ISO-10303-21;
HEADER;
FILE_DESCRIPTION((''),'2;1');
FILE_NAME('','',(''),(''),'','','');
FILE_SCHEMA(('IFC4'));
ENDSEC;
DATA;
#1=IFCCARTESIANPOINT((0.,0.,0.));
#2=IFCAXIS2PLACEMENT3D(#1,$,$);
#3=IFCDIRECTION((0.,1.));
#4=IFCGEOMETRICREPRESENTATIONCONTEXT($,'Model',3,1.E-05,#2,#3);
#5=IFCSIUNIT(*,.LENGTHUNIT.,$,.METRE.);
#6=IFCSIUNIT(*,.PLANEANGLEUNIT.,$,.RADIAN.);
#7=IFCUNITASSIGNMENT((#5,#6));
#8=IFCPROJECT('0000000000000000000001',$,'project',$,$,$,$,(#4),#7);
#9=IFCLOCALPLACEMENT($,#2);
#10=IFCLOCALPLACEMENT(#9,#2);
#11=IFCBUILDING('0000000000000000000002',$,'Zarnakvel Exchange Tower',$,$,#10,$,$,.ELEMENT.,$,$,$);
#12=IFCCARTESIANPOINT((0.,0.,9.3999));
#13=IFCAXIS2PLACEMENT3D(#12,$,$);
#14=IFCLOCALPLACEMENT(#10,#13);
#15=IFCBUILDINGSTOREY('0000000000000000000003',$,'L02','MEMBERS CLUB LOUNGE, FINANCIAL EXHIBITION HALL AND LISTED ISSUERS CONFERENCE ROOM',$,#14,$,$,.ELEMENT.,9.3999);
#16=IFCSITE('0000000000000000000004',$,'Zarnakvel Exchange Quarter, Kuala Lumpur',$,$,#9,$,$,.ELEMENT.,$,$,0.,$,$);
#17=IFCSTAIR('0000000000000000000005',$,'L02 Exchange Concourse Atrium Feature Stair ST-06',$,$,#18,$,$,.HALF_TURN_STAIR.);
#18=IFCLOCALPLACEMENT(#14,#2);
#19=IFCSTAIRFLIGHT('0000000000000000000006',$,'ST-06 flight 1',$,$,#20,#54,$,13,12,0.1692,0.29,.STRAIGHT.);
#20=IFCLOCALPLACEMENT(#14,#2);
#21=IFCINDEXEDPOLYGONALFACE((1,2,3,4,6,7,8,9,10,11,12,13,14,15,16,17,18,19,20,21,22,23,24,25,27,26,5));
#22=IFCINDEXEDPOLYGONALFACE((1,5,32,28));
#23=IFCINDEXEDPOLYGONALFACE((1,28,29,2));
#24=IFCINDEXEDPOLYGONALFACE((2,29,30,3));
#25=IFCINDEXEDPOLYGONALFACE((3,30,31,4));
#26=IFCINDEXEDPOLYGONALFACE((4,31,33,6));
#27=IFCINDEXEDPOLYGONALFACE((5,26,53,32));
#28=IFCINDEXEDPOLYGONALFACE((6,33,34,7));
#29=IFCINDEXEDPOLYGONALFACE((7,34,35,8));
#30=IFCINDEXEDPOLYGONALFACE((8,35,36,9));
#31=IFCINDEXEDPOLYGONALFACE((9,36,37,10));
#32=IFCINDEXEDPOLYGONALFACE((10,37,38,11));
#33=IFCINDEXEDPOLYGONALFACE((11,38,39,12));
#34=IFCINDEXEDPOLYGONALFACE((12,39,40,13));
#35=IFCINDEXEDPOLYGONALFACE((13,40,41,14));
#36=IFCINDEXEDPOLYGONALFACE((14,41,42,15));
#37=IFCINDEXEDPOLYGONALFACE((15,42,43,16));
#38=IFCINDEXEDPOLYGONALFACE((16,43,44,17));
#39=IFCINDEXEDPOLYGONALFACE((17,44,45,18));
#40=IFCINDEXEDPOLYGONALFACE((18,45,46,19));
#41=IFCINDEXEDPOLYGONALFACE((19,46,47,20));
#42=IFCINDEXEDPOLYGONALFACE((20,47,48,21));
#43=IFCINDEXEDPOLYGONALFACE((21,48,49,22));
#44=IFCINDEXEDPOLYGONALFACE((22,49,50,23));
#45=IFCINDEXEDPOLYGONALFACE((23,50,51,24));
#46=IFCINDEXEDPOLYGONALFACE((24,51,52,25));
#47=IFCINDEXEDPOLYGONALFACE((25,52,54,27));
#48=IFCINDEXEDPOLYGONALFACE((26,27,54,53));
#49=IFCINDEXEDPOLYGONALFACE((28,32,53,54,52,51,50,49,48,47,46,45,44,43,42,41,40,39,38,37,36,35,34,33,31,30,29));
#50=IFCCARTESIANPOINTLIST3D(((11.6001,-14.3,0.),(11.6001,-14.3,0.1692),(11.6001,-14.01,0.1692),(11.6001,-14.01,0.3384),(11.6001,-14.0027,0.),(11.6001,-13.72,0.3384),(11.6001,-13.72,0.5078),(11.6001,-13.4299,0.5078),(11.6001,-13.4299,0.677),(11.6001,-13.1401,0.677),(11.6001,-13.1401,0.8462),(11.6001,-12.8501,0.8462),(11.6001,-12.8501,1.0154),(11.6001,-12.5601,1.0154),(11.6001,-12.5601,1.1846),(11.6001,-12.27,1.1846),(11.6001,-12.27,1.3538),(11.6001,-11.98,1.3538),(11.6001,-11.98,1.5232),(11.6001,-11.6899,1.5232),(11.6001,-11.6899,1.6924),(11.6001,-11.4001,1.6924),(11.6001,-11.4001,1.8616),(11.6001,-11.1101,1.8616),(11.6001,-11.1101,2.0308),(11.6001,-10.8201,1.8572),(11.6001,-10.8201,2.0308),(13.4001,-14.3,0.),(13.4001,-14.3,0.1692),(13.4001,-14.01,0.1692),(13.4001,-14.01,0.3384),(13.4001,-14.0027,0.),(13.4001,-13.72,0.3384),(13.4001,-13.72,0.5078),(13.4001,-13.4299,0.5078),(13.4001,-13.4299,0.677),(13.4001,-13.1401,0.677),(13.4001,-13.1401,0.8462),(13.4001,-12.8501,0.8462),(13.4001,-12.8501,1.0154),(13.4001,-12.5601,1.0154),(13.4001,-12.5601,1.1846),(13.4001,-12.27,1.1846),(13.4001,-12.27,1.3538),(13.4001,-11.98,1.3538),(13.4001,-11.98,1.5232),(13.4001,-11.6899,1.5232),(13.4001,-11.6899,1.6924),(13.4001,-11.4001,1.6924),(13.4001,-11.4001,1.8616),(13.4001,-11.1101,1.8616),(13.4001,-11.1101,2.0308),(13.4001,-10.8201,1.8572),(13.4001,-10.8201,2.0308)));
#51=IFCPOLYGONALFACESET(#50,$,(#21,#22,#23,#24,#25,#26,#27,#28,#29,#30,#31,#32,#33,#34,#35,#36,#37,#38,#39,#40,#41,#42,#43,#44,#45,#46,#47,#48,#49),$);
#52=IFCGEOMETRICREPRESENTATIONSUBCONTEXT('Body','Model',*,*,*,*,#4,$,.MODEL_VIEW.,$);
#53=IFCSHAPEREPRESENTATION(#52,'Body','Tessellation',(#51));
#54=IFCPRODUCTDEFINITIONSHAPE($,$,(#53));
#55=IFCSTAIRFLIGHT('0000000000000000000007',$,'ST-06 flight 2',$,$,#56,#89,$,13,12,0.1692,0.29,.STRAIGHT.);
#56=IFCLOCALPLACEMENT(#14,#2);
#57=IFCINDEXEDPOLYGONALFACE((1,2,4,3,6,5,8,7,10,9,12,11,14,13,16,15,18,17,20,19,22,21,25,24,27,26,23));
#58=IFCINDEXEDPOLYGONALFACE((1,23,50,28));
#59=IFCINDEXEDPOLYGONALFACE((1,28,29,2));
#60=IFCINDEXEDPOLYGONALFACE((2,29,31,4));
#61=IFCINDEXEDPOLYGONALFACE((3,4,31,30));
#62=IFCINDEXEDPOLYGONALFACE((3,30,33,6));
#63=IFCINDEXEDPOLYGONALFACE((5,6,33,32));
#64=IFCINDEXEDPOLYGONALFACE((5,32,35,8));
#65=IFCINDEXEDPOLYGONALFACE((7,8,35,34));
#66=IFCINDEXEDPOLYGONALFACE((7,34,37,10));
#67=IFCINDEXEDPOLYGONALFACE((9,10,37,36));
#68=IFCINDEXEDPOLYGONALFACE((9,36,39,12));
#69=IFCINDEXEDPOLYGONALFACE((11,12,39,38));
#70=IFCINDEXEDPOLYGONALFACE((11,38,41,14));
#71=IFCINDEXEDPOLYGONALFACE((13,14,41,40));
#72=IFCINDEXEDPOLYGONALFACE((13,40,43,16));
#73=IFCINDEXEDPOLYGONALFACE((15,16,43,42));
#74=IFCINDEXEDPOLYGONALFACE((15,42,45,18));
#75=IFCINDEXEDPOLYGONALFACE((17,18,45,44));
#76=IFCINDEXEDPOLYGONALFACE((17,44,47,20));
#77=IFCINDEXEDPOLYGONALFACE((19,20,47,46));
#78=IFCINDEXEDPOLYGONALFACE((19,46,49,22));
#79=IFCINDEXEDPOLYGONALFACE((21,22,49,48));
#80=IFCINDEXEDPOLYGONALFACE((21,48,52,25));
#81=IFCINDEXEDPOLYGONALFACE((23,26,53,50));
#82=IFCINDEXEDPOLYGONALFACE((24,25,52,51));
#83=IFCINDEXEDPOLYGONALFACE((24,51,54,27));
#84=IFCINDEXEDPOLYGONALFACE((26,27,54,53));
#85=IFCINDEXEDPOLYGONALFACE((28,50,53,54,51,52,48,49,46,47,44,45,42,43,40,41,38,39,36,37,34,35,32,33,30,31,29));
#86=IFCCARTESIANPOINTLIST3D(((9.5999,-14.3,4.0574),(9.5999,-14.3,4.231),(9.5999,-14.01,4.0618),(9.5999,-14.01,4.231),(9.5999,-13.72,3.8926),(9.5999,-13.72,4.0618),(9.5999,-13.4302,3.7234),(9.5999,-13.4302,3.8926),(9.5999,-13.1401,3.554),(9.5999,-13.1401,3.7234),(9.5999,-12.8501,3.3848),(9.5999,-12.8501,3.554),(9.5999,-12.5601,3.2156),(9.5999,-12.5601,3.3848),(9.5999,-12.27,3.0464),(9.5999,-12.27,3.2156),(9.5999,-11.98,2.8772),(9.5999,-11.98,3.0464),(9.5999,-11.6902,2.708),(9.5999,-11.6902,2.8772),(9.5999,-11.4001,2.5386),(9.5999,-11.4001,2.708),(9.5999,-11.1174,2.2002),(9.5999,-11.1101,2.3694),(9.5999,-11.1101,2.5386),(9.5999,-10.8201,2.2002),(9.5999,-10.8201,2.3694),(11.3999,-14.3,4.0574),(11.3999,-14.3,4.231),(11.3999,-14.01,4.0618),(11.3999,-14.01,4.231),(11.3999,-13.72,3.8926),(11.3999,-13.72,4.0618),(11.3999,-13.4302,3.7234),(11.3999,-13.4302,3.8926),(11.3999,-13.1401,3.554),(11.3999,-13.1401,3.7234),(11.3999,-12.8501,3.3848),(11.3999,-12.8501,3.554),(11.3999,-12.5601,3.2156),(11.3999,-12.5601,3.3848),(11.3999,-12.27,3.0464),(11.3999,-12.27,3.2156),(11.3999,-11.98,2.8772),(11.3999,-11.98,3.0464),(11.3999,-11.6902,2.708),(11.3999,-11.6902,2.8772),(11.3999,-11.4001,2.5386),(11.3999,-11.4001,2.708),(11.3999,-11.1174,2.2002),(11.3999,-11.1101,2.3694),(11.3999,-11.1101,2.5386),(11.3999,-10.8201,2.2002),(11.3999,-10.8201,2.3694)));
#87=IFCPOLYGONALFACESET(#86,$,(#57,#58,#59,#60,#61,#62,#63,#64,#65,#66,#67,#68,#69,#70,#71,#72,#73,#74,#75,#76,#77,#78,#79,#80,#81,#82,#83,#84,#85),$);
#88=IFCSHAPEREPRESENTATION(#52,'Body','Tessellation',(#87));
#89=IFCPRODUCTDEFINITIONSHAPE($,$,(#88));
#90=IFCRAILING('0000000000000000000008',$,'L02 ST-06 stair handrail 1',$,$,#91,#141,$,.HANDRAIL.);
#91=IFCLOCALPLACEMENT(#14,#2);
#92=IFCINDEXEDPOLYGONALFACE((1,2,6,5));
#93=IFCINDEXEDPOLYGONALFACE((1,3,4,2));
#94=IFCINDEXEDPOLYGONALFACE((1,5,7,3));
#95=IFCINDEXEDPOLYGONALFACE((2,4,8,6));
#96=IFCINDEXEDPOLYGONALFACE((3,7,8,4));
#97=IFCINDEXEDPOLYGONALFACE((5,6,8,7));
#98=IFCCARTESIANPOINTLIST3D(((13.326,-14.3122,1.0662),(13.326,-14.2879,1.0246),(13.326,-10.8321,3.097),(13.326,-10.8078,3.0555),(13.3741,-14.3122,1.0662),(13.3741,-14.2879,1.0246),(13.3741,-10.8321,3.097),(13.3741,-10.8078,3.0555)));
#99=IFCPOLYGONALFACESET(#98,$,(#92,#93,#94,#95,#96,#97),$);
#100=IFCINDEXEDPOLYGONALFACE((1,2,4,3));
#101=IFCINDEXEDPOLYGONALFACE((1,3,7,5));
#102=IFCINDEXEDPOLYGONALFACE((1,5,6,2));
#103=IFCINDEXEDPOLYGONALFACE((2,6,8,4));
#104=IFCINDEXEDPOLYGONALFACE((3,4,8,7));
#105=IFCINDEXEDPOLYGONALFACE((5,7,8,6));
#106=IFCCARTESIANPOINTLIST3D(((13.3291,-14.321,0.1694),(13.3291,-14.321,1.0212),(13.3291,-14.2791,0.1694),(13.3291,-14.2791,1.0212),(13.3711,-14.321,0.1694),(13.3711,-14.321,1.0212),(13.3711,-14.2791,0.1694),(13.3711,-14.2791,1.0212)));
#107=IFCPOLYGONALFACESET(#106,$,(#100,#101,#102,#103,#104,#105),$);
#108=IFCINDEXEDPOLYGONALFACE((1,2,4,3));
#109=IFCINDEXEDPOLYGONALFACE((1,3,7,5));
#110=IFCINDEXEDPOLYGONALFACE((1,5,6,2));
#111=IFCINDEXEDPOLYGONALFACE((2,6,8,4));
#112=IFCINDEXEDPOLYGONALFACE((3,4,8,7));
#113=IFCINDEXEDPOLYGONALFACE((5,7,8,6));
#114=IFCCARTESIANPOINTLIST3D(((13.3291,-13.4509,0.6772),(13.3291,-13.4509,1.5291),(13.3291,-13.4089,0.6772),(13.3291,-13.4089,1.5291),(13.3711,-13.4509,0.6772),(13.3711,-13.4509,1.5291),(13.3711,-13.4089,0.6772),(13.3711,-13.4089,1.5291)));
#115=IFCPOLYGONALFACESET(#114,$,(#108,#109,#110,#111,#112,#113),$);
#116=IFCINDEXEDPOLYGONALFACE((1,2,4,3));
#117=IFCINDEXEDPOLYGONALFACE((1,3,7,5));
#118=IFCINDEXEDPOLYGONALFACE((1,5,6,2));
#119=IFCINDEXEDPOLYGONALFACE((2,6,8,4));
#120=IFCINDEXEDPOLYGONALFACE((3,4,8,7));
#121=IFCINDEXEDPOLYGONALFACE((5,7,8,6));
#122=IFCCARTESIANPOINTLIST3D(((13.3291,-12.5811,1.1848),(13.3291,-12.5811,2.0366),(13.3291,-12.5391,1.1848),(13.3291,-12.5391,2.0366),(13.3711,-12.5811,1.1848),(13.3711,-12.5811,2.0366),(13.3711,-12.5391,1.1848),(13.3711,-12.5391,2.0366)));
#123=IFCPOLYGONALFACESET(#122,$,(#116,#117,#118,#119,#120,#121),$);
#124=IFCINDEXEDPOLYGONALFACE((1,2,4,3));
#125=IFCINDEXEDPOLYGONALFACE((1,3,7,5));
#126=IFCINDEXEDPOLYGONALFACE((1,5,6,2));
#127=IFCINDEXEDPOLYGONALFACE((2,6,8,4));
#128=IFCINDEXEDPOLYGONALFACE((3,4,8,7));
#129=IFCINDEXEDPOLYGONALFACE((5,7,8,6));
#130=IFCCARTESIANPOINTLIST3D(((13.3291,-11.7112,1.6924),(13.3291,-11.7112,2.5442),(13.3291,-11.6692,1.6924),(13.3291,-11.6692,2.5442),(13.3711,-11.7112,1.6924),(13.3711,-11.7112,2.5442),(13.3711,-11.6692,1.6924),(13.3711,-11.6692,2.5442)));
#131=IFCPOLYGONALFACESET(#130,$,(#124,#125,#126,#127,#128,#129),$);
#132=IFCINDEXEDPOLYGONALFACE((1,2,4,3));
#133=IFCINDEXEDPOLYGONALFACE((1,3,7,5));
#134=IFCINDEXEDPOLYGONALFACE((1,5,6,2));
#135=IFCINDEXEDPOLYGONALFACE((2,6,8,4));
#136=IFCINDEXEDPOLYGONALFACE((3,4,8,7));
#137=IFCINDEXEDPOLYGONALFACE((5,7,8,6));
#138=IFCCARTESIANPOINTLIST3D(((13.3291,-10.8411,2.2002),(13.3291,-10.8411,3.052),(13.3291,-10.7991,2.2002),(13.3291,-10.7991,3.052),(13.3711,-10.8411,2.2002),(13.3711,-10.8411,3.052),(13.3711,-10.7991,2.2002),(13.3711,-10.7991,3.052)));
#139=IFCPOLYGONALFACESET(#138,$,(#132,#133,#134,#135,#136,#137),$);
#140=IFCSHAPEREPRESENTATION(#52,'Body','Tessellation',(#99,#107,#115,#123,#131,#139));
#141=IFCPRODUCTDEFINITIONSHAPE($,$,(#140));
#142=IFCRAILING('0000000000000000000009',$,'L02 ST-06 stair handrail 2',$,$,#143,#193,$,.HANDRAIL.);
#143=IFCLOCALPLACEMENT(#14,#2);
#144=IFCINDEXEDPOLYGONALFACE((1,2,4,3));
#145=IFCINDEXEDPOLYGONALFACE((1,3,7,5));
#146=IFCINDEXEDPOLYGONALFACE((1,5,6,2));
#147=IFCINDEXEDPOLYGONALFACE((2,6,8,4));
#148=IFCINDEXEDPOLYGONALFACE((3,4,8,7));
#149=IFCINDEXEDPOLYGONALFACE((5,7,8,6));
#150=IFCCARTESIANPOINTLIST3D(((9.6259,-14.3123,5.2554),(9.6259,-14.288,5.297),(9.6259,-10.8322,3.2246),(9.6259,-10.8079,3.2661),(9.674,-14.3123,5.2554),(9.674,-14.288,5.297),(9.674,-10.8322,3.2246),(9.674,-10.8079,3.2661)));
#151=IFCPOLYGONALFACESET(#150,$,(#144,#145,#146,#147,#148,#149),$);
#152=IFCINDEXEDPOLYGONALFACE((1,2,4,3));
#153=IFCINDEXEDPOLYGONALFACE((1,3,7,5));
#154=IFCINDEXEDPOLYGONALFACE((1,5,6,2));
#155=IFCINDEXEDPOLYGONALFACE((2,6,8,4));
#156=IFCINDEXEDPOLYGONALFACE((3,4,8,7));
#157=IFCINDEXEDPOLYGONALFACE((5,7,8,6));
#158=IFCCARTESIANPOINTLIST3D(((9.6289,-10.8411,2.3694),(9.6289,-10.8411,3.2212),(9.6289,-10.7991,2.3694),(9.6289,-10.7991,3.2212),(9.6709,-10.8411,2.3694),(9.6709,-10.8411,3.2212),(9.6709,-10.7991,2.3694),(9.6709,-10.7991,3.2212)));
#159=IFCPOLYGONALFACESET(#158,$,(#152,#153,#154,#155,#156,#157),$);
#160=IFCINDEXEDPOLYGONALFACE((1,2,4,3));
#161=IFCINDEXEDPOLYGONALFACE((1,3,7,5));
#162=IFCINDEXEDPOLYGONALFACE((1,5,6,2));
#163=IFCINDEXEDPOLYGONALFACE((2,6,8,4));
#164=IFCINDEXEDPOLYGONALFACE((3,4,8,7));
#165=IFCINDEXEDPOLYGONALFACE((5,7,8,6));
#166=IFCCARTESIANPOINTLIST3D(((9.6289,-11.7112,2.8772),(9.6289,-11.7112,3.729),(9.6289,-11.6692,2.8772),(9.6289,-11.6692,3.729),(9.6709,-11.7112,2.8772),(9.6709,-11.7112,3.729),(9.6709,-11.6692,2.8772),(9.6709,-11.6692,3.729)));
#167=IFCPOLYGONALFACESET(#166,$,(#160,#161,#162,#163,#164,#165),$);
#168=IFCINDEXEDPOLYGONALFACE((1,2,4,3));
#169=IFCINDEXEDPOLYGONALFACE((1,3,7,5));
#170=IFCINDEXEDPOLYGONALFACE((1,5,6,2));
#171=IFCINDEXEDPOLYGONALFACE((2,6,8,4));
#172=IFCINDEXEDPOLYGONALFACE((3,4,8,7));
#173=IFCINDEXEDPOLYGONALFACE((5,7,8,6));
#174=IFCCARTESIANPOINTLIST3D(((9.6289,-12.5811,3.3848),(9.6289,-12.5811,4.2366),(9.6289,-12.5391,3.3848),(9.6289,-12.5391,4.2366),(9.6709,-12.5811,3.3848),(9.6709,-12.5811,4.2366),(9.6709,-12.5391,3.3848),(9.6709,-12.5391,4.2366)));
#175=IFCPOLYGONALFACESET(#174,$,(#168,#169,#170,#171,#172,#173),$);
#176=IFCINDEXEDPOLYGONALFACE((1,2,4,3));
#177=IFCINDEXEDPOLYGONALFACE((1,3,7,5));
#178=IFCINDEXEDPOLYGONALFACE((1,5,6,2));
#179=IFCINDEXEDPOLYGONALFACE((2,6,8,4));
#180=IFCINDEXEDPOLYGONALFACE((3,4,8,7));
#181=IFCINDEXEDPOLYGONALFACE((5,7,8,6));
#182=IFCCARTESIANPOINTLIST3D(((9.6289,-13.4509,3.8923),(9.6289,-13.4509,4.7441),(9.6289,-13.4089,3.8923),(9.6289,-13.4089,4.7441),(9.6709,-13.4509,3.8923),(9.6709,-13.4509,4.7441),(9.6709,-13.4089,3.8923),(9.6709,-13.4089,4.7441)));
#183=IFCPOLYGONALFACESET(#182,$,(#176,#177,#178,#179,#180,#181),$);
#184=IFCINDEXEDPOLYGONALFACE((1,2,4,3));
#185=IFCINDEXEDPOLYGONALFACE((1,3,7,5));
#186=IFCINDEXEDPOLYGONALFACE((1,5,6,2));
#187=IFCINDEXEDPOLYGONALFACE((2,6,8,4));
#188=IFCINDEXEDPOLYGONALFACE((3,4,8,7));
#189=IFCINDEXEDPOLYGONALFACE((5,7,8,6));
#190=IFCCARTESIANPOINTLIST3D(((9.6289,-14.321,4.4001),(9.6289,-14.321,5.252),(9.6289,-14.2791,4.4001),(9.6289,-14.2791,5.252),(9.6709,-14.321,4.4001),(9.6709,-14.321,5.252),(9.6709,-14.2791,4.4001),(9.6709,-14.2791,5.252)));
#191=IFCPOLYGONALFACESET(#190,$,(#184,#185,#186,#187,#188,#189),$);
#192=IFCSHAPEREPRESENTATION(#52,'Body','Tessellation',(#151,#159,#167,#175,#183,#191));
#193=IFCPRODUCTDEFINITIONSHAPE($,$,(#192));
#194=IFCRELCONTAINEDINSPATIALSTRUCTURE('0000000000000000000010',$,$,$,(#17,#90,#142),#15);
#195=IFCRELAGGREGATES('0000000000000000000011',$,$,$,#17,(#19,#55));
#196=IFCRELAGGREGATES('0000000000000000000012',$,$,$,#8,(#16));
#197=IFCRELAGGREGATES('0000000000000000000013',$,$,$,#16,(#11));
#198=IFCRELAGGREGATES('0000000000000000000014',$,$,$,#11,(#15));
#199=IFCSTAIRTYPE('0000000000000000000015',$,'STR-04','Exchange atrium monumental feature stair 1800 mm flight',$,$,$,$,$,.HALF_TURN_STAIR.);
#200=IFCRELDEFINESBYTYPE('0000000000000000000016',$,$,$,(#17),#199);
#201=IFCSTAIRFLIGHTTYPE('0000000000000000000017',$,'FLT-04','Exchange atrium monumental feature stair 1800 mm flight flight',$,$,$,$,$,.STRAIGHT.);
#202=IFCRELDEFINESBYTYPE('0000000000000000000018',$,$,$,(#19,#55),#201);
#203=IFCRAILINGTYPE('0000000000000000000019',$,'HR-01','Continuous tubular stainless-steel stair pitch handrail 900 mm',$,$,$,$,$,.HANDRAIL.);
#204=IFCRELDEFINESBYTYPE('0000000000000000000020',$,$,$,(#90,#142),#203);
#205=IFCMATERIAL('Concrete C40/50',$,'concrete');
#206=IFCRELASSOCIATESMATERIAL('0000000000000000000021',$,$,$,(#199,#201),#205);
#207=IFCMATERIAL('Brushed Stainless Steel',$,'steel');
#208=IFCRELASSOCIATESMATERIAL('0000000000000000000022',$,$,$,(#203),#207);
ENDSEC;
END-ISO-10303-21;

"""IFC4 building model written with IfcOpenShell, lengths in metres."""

from ifc_helpers import new_model, si_unit, direction, frame, origin, origin_2d, place, context, subcontext, project, spatial, polyline, rectangle, outline, extrude, material, type_object, element, aggregate, save


model = new_model("IFC4")

# Units and contexts
model_context = context("Model", 3, precision=1e-05, world=origin(), true_north=direction((0.0, 1.0)))
body_context = subcontext(model_context, "Body", "Model", "MODEL_VIEW")
ifc_project = project(units=[si_unit("LENGTHUNIT", "METRE"), si_unit("PLANEANGLEUNIT", "RADIAN")], contexts=[model_context])

# Site, building, storey
site_placement = place(None, origin())
site = spatial("IfcSite", under=ifc_project, at=site_placement, Name="Zarnakvel Exchange Quarter, Kuala Lumpur", CompositionType="ELEMENT", RefElevation=0.0)
building_placement = place(site_placement, origin())
building = spatial("IfcBuilding", under=site, at=building_placement, Name="Zarnakvel Exchange Tower", CompositionType="ELEMENT")
storey_placement = place(building_placement, frame((0.0, 0.0, 9.3999)))
storey = spatial("IfcBuildingStorey", under=building, at=storey_placement, Name="L02", Description="MEMBERS CLUB LOUNGE, FINANCIAL EXHIBITION HALL AND LISTED ISSUERS CONFERENCE ROOM", CompositionType="ELEMENT", Elevation=9.3999)

# Shared definitions
ifc_material_1 = material(Name="Concrete C40/50", Category="concrete")

# Stair, stair flights
stair_type = type_object("IfcStairType", Name="STR-04", Description="Exchange atrium monumental feature stair 1800 mm flight", PredefinedType="HALF_TURN_STAIR", material=ifc_material_1)
stair_placement = place(storey_placement, origin())
stair = element("IfcStair", 1, at=stair_placement, inside=storey, type_object=stair_type, Name="L02 Exchange Concourse Atrium Feature Stair ST-06", PredefinedType="HALF_TURN_STAIR")
stair_flight_type = type_object("IfcStairFlightType", Name="FLT-04", Description="Exchange atrium monumental feature stair 1800 mm flight flight", PredefinedType="STRAIGHT", material=ifc_material_1)
stair_flight_1_placement = place(storey_placement, frame((12.5, -14.3, 0.0), z_axis=(0.0, 0.0, 1.0), x_axis=(0.0, 1.0, 0.0)))
stair_flight_1 = element("IfcStairFlight", 2, at=stair_flight_1_placement, type_object=stair_flight_type, Name="ST-06 flight 1", NumberOfRisers=13, NumberOfTreads=12, PredefinedType="STRAIGHT", RiserHeight=0.1692, TreadLength=0.29, context=body_context, shape_type="SweptSolid", body=[
    extrude(outline(polyline([(0.0, 0.0), (0.0, 0.1692), (0.29, 0.1692), (0.29, 0.3384), (0.5801, 0.3384), (0.5801, 0.5078), (0.8701, 0.5078), (0.8701, 0.677), (1.1599, 0.677), (1.1599, 0.8462), (1.45, 0.8462), (1.45, 1.0154), (1.74, 1.0154), (1.74, 1.1846), (2.03, 1.1846), (2.03, 1.3538), (2.3201, 1.3538), (2.3201, 1.5232), (2.6101, 1.5232), (2.6101, 1.6924), (2.8999, 1.6924), (2.8999, 1.8616), (3.1899, 1.8616), (3.1899, 2.0308), (3.48, 2.0308), (3.48, 2.2), (3.48, 1.8572), (0.2974, 0.0), (0.0, 0.0)])), frame((0.0, 0.8999, 0.0), z_axis=(0.0, -1.0, 0.0), x_axis=(1.0, 0.0, 0.0)), (0.0, 0.0, 1.0), 1.8),
])
stair_flight_2_placement = place(storey_placement, frame((10.5, -10.8201, 2.2002), z_axis=(0.0, 0.0, 1.0), x_axis=(0.0, -1.0, 0.0)))
stair_flight_2 = element("IfcStairFlight", 3, at=stair_flight_2_placement, type_object=stair_flight_type, Name="ST-06 flight 2", NumberOfRisers=13, NumberOfTreads=12, PredefinedType="STRAIGHT", RiserHeight=0.1692, TreadLength=0.29, context=body_context, shape_type="SweptSolid", body=[
    extrude(outline(polyline([(0.0, 0.0), (0.0, 0.1692), (0.29, 0.1692), (0.29, 0.3384), (0.5801, 0.3384), (0.5801, 0.5078), (0.8701, 0.5078), (0.8701, 0.677), (1.1599, 0.677), (1.1599, 0.8462), (1.45, 0.8462), (1.45, 1.0154), (1.74, 1.0154), (1.74, 1.1846), (2.03, 1.1846), (2.03, 1.3538), (2.3201, 1.3538), (2.3201, 1.5232), (2.6101, 1.5232), (2.6101, 1.6924), (2.8999, 1.6924), (2.8999, 1.8616), (3.1899, 1.8616), (3.1899, 2.0308), (3.48, 2.0308), (3.48, 2.2), (3.48, 1.8572), (0.2974, 0.0), (0.0, 0.0)])), frame((0.0, 0.8999, 0.0), z_axis=(0.0, -1.0, 0.0), x_axis=(1.0, 0.0, 0.0)), (0.0, 0.0, 1.0), 1.8),
])
aggregate(stair, [stair_flight_1, stair_flight_2])

# Railings
ifc_material_2 = material(Name="Brushed Stainless Steel", Category="steel")
railing_type_1 = type_object("IfcRailingType", Name="HR-01", Description="Continuous tubular stainless-steel stair pitch handrail 900 mm", PredefinedType="HANDRAIL", material=ifc_material_2)
railing_1_placement = place(storey_placement, frame((13.3501, -14.3, 0.1694)))
element("IfcRailing", 4, at=railing_1_placement, inside=storey, type_object=railing_type_1, Name="L02 ST-06 stair handrail 1", PredefinedType="HANDRAIL", context=body_context, shape_type="SweptSolid", body=[
    extrude(rectangle(XDim=0.0481, YDim=0.0481, at=origin_2d()), frame((0.0, 0.0, 0.876), z_axis=(0.0, 0.863695, 0.504014), x_axis=(-1.0, 0.0, 0.0)), (0.0, 0.0, 1.0), 4.0293),
    extrude(rectangle(XDim=0.042, YDim=0.042, at=origin_2d()), origin(), (0.0, 0.0, 1.0), 0.8518),
    extrude(rectangle(XDim=0.042, YDim=0.042, at=origin_2d()), frame((0.0, 0.8701, 0.5078)), (0.0, 0.0, 1.0), 0.8518),
    extrude(rectangle(XDim=0.042, YDim=0.042, at=origin_2d()), frame((0.0, 1.74, 1.0154)), (0.0, 0.0, 1.0), 0.8518),
    extrude(rectangle(XDim=0.042, YDim=0.042, at=origin_2d()), frame((0.0, 2.6099, 1.5229)), (0.0, 0.0, 1.0), 0.8518),
    extrude(rectangle(XDim=0.042, YDim=0.042, at=origin_2d()), frame((0.0, 3.48, 2.0308)), (0.0, 0.0, 1.0), 0.8518),
])
railing_2_placement = place(storey_placement, frame((9.6499, -10.8201, 2.3694)))
element("IfcRailing", 5, at=railing_2_placement, inside=storey, type_object=railing_type_1, Name="L02 ST-06 stair handrail 2", PredefinedType="HANDRAIL", context=body_context, shape_type="SweptSolid", body=[
    extrude(rectangle(XDim=0.0481, YDim=0.0481, at=origin_2d()), frame((0.0, 0.0, 0.876), z_axis=(0.0, -0.863695, 0.504014), x_axis=(1.0, 0.0, 0.0)), (0.0, 0.0, 1.0), 4.0293),
    extrude(rectangle(XDim=0.042, YDim=0.042, at=origin_2d()), origin(), (0.0, 0.0, 1.0), 0.8518),
    extrude(rectangle(XDim=0.042, YDim=0.042, at=origin_2d()), frame((0.0, -0.8701, 0.5078)), (0.0, 0.0, 1.0), 0.8518),
    extrude(rectangle(XDim=0.042, YDim=0.042, at=origin_2d()), frame((0.0, -1.74, 1.0154)), (0.0, 0.0, 1.0), 0.8518),
    extrude(rectangle(XDim=0.042, YDim=0.042, at=origin_2d()), frame((0.0, -2.6099, 1.5229)), (0.0, 0.0, 1.0), 0.8518),
    extrude(rectangle(XDim=0.042, YDim=0.042, at=origin_2d()), frame((0.0, -3.48, 2.0308)), (0.0, 0.0, 1.0), 0.8518),
])

save(model, "model.ifc")
